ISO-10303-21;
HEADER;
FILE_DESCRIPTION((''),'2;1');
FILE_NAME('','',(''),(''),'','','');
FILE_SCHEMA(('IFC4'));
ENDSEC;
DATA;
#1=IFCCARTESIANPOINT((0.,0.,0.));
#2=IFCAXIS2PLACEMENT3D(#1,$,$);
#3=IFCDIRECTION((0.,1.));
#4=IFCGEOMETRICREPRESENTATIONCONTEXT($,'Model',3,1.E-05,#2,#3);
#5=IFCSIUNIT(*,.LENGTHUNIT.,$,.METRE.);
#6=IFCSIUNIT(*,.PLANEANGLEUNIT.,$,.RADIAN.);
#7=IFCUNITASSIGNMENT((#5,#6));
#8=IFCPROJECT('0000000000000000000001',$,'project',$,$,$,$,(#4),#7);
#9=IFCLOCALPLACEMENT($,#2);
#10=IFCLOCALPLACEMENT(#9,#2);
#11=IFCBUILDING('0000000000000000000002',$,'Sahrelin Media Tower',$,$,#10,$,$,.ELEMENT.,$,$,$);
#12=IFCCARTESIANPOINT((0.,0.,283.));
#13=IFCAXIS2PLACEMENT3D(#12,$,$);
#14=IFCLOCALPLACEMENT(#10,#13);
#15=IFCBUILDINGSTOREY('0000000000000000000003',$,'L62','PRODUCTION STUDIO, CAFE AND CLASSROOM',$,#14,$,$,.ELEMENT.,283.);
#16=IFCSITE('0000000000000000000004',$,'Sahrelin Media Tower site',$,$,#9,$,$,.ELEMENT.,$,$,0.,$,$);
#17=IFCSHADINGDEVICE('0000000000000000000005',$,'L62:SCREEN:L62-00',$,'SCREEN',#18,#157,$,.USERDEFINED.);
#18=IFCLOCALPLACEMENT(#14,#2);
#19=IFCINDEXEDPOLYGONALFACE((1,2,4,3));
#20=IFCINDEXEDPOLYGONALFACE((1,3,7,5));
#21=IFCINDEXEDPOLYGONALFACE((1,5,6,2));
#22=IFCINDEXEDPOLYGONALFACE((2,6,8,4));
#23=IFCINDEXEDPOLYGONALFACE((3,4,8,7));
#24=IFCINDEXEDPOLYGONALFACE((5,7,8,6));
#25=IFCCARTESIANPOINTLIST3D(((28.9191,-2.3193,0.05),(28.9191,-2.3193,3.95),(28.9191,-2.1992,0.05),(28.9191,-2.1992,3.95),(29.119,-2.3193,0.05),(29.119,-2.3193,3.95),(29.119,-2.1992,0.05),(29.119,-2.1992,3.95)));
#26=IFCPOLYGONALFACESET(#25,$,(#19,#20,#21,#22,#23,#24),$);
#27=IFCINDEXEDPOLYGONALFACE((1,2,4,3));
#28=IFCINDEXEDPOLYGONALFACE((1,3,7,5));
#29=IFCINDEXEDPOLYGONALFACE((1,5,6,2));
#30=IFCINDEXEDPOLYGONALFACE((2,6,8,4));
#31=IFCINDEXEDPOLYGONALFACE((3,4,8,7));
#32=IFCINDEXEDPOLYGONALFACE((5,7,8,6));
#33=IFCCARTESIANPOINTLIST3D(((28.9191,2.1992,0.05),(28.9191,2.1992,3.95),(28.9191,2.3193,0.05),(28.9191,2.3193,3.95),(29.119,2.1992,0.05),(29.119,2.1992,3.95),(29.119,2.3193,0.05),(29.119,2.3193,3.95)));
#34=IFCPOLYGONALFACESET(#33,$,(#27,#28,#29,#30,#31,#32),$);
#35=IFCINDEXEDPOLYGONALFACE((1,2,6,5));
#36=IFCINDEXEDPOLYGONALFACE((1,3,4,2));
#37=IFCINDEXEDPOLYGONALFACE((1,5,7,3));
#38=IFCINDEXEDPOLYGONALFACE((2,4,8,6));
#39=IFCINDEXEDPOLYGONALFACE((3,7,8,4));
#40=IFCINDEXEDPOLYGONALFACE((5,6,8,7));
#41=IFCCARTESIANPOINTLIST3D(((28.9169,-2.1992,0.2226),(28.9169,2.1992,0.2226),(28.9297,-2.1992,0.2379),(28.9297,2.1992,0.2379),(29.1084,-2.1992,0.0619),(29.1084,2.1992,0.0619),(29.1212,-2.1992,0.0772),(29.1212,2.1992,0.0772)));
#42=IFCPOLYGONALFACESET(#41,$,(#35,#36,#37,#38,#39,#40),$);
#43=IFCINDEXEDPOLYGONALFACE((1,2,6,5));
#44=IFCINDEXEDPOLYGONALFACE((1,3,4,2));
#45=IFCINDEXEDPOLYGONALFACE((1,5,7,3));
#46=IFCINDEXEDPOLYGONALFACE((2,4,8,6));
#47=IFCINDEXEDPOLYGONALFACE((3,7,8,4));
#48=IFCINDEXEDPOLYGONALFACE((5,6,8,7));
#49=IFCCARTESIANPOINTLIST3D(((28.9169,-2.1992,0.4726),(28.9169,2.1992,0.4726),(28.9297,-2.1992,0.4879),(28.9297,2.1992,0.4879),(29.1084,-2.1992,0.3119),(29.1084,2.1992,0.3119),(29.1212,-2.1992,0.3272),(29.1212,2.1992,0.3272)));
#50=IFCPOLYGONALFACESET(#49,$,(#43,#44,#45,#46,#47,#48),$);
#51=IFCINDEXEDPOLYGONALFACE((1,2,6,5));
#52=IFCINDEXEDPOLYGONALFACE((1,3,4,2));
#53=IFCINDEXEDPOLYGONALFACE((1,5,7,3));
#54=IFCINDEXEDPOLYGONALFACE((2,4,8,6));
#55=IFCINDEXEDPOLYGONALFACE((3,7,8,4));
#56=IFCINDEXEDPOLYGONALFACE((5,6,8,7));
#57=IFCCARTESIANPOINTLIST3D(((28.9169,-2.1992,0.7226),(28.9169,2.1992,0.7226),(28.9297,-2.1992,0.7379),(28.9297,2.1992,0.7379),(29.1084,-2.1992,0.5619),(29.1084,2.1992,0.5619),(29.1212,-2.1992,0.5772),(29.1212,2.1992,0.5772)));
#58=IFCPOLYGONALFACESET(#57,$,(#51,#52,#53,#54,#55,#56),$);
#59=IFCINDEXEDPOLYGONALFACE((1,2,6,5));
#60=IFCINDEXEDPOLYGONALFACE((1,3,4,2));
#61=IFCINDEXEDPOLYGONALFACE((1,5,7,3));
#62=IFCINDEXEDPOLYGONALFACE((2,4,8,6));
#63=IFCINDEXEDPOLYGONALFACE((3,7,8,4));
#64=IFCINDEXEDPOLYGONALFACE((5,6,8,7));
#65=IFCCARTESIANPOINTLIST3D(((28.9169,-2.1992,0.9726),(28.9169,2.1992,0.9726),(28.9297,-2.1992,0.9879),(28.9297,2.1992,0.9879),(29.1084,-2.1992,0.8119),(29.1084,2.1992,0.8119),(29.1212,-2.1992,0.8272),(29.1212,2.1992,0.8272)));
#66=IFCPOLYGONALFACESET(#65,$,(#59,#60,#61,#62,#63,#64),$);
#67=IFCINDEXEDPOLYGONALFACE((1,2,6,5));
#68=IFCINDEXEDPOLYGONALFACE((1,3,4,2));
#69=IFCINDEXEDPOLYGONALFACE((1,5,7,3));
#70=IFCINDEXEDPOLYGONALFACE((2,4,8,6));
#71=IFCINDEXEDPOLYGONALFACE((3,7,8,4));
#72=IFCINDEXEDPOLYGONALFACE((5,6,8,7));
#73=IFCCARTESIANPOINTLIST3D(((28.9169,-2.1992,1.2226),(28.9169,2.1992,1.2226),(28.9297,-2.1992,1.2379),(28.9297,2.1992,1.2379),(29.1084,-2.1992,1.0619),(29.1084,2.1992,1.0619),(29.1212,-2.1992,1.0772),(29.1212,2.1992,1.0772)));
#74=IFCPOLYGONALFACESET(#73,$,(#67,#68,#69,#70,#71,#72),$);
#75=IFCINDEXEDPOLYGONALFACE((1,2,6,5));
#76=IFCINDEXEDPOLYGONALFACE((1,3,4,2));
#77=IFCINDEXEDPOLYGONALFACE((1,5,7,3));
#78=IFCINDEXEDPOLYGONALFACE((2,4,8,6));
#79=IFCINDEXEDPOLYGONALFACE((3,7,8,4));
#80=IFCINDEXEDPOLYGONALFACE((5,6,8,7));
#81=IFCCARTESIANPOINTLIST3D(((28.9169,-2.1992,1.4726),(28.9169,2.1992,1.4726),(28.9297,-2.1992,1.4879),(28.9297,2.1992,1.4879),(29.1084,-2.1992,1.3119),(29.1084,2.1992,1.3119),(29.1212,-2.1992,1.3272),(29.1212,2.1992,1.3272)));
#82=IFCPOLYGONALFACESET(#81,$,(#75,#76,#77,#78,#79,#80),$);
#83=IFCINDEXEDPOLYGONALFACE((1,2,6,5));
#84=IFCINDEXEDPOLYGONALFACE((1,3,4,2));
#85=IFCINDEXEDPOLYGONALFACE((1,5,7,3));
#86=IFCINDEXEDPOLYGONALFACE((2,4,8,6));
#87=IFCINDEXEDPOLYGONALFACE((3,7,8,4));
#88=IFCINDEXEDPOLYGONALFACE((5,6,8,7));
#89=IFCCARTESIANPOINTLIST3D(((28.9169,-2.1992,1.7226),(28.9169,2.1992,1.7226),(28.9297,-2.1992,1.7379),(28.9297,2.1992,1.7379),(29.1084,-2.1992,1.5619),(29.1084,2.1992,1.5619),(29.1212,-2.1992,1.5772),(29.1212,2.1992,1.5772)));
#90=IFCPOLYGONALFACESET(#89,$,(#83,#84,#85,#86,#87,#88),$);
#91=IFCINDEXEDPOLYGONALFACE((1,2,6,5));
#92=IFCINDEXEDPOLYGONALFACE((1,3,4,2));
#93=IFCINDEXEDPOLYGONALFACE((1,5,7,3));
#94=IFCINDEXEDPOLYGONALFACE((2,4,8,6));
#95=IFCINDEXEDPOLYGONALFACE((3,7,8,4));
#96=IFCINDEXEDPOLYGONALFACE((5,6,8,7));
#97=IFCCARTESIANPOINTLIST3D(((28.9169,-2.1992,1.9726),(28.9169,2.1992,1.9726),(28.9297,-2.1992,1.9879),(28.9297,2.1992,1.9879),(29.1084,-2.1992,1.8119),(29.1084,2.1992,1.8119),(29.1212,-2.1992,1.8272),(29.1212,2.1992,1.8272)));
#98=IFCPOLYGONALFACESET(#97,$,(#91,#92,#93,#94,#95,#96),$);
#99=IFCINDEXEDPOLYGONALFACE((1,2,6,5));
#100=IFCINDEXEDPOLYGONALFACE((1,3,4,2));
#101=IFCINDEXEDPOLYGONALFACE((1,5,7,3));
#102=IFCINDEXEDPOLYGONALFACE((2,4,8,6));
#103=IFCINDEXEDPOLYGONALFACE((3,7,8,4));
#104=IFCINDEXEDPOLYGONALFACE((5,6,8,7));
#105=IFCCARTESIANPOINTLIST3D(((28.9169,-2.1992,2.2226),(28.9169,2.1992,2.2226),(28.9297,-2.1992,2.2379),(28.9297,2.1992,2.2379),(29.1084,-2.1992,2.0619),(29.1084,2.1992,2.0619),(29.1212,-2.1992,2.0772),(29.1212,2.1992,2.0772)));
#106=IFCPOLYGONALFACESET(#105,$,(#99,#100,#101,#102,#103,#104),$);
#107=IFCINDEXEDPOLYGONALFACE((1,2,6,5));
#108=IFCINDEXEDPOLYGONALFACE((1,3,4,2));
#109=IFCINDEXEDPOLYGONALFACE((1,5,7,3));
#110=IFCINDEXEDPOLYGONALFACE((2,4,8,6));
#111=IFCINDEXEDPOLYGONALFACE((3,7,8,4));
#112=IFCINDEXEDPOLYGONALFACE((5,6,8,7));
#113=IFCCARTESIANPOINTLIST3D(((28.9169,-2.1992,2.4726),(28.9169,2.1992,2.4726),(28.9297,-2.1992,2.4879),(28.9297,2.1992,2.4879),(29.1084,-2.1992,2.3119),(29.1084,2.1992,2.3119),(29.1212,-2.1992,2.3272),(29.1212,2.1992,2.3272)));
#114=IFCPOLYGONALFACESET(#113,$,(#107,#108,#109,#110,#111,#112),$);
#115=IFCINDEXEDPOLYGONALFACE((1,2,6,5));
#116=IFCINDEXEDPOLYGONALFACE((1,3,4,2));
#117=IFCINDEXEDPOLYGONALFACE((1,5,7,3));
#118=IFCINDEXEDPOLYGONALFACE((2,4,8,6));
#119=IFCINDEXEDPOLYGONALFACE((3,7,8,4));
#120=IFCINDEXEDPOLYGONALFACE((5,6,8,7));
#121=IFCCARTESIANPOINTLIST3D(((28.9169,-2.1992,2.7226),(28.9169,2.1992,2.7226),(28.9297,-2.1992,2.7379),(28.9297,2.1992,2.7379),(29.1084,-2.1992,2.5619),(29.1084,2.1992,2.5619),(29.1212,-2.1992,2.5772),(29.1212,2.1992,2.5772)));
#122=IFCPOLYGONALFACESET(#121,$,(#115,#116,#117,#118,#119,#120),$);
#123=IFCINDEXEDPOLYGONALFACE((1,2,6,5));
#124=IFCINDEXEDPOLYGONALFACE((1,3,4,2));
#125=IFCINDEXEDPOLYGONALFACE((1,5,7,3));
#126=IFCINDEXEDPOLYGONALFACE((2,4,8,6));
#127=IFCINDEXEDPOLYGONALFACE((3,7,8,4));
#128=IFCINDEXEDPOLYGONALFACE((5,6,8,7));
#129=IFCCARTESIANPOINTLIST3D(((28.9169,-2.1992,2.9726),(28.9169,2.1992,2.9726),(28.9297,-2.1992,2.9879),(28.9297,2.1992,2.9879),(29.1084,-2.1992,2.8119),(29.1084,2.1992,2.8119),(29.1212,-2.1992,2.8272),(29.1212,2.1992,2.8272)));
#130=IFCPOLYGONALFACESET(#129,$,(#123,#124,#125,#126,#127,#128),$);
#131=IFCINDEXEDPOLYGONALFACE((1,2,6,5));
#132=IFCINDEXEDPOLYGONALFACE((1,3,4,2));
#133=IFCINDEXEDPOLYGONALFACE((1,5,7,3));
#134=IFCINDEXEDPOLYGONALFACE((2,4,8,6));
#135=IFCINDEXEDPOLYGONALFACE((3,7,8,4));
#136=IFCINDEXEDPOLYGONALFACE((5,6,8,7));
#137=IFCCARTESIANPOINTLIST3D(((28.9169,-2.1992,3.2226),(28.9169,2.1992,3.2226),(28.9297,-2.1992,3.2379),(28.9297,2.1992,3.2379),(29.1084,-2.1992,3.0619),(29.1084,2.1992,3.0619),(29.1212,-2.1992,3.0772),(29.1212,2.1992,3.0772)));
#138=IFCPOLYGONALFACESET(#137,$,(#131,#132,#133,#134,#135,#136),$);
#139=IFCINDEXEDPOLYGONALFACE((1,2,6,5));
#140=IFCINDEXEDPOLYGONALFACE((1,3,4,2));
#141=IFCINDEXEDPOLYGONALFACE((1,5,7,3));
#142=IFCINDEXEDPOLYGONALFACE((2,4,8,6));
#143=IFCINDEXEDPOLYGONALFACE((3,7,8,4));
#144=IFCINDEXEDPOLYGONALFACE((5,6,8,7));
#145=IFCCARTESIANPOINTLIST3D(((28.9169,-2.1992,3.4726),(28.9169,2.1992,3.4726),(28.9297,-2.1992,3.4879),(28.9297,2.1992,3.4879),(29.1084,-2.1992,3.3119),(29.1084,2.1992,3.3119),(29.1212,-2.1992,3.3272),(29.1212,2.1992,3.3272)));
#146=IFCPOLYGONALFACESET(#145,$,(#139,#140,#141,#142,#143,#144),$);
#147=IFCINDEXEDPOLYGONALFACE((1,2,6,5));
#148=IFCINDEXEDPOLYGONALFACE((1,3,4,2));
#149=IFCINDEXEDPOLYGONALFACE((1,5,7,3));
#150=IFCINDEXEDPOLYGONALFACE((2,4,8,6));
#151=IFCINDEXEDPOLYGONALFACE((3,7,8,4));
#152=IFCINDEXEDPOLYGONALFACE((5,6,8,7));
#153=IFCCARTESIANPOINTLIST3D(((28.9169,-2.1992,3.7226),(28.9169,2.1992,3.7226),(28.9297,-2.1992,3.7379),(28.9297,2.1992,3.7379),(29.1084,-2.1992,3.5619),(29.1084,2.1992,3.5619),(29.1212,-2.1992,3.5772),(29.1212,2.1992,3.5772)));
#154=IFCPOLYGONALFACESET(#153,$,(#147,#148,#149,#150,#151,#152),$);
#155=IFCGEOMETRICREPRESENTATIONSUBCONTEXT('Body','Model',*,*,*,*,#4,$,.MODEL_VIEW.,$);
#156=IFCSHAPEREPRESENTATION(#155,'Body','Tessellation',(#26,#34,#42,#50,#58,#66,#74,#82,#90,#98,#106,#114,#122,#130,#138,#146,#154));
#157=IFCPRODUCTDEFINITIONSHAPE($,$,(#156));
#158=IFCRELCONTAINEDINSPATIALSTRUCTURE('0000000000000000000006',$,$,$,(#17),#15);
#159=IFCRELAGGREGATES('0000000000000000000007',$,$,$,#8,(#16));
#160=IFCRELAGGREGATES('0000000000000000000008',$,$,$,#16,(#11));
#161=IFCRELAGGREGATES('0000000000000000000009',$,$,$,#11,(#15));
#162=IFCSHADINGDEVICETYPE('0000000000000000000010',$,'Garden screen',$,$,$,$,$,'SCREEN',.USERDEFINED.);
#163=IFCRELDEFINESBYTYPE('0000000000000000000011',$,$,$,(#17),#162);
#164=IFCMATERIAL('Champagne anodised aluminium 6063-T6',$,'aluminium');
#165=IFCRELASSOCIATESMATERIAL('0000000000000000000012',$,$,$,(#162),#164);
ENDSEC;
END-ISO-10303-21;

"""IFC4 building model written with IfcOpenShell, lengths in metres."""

from ifc_helpers import new_model, si_unit, direction, frame, origin, origin_2d, place, context, subcontext, project, spatial, rectangle, extrude, material, type_object, element, save


model = new_model("IFC4")

# Units and contexts
model_context = context("Model", 3, precision=1e-05, world=origin(), true_north=direction((0.0, 1.0)))
body_context = subcontext(model_context, "Body", "Model", "MODEL_VIEW")
ifc_project = project(units=[si_unit("LENGTHUNIT", "METRE"), si_unit("PLANEANGLEUNIT", "RADIAN")], contexts=[model_context])

# Site, building, storey
site_placement = place(None, origin())
site = spatial("IfcSite", under=ifc_project, at=site_placement, Name="Sahrelin Media Tower site", CompositionType="ELEMENT", RefElevation=0.0)
building_placement = place(site_placement, origin())
building = spatial("IfcBuilding", under=site, at=building_placement, Name="Sahrelin Media Tower", CompositionType="ELEMENT")
storey_placement = place(building_placement, frame((0.0, 0.0, 283.0)))
storey = spatial("IfcBuildingStorey", under=building, at=storey_placement, Name="L62", Description="PRODUCTION STUDIO, CAFE AND CLASSROOM", CompositionType="ELEMENT", Elevation=283.0)

# Shared definitions
ifc_material_1 = material(Name="Champagne anodised aluminium 6063-T6", Category="aluminium")

# Shading device
shading_device_type_1 = type_object("IfcShadingDeviceType", Name="Garden screen", ElementType="SCREEN", PredefinedType="USERDEFINED", material=ifc_material_1)
shading_device_1_placement = place(storey_placement, frame((28.9189, 0.0, 0.0), z_axis=(0.0, 0.0, 1.0), x_axis=(0.0, -1.0, 0.0)))
element("IfcShadingDevice", 1, at=shading_device_1_placement, inside=storey, type_object=shading_device_type_1, Name="L62:SCREEN:L62-00", ObjectType="SCREEN", PredefinedType="USERDEFINED", context=body_context, shape_type="SweptSolid", body=[
    extrude(rectangle(XDim=0.1201, YDim=0.2, at=origin_2d()), frame((2.2593, 0.1001, 0.05), z_axis=(0.0, 0.0, 1.0), x_axis=(1.0, 0.0, 0.0)), (0.0, 0.0, 1.0), 3.8999),
    extrude(rectangle(XDim=0.1201, YDim=0.2, at=origin_2d()), frame((-2.2593, 0.1001, 0.05), z_axis=(0.0, 0.0, 1.0), x_axis=(1.0, 0.0, 0.0)), (0.0, 0.0, 1.0), 3.8999),
    extrude(rectangle(XDim=0.25, YDim=0.02, at=origin_2d()), frame((2.1992, 0.1001, 0.1499), z_axis=(-1.0, 0.0, 0.0), x_axis=(0.0, -0.766044, 0.642788)), (0.0, 0.0, 1.0), 4.3984),
    extrude(rectangle(XDim=0.25, YDim=0.02, at=origin_2d()), frame((2.1992, 0.1001, 0.3999), z_axis=(-1.0, 0.0, 0.0), x_axis=(0.0, -0.766044, 0.642788)), (0.0, 0.0, 1.0), 4.3984),
    extrude(rectangle(XDim=0.25, YDim=0.02, at=origin_2d()), frame((2.1992, 0.1001, 0.6499), z_axis=(-1.0, 0.0, 0.0), x_axis=(0.0, -0.766044, 0.642788)), (0.0, 0.0, 1.0), 4.3984),
    extrude(rectangle(XDim=0.25, YDim=0.02, at=origin_2d()), frame((2.1992, 0.1001, 0.8999), z_axis=(-1.0, 0.0, 0.0), x_axis=(0.0, -0.766044, 0.642788)), (0.0, 0.0, 1.0), 4.3984),
    extrude(rectangle(XDim=0.25, YDim=0.02, at=origin_2d()), frame((2.1992, 0.1001, 1.1499), z_axis=(-1.0, 0.0, 0.0), x_axis=(0.0, -0.766044, 0.642788)), (0.0, 0.0, 1.0), 4.3984),
    extrude(rectangle(XDim=0.25, YDim=0.02, at=origin_2d()), frame((2.1992, 0.1001, 1.3999), z_axis=(-1.0, 0.0, 0.0), x_axis=(0.0, -0.766044, 0.642788)), (0.0, 0.0, 1.0), 4.3984),
    extrude(rectangle(XDim=0.25, YDim=0.02, at=origin_2d()), frame((2.1992, 0.1001, 1.6499), z_axis=(-1.0, 0.0, 0.0), x_axis=(0.0, -0.766044, 0.642788)), (0.0, 0.0, 1.0), 4.3984),
    extrude(rectangle(XDim=0.25, YDim=0.02, at=origin_2d()), frame((2.1992, 0.1001, 1.8999), z_axis=(-1.0, 0.0, 0.0), x_axis=(0.0, -0.766044, 0.642788)), (0.0, 0.0, 1.0), 4.3984),
    extrude(rectangle(XDim=0.25, YDim=0.02, at=origin_2d()), frame((2.1992, 0.1001, 2.1499), z_axis=(-1.0, 0.0, 0.0), x_axis=(0.0, -0.766044, 0.642788)), (0.0, 0.0, 1.0), 4.3984),
    extrude(rectangle(XDim=0.25, YDim=0.02, at=origin_2d()), frame((2.1992, 0.1001, 2.3999), z_axis=(-1.0, 0.0, 0.0), x_axis=(0.0, -0.766044, 0.642788)), (0.0, 0.0, 1.0), 4.3984),
    extrude(rectangle(XDim=0.25, YDim=0.02, at=origin_2d()), frame((2.1992, 0.1001, 2.6499), z_axis=(-1.0, 0.0, 0.0), x_axis=(0.0, -0.766044, 0.642788)), (0.0, 0.0, 1.0), 4.3984),
    extrude(rectangle(XDim=0.25, YDim=0.02, at=origin_2d()), frame((2.1992, 0.1001, 2.8999), z_axis=(-1.0, 0.0, 0.0), x_axis=(0.0, -0.766044, 0.642788)), (0.0, 0.0, 1.0), 4.3984),
    extrude(rectangle(XDim=0.25, YDim=0.02, at=origin_2d()), frame((2.1992, 0.1001, 3.1499), z_axis=(-1.0, 0.0, 0.0), x_axis=(0.0, -0.766044, 0.642788)), (0.0, 0.0, 1.0), 4.3984),
    extrude(rectangle(XDim=0.25, YDim=0.02, at=origin_2d()), frame((2.1992, 0.1001, 3.3999), z_axis=(-1.0, 0.0, 0.0), x_axis=(0.0, -0.766044, 0.642788)), (0.0, 0.0, 1.0), 4.3984),
    extrude(rectangle(XDim=0.25, YDim=0.02, at=origin_2d()), frame((2.1992, 0.1001, 3.6499), z_axis=(-1.0, 0.0, 0.0), x_axis=(0.0, -0.766044, 0.642788)), (0.0, 0.0, 1.0), 4.3984),
])

save(model, "model.ifc")
